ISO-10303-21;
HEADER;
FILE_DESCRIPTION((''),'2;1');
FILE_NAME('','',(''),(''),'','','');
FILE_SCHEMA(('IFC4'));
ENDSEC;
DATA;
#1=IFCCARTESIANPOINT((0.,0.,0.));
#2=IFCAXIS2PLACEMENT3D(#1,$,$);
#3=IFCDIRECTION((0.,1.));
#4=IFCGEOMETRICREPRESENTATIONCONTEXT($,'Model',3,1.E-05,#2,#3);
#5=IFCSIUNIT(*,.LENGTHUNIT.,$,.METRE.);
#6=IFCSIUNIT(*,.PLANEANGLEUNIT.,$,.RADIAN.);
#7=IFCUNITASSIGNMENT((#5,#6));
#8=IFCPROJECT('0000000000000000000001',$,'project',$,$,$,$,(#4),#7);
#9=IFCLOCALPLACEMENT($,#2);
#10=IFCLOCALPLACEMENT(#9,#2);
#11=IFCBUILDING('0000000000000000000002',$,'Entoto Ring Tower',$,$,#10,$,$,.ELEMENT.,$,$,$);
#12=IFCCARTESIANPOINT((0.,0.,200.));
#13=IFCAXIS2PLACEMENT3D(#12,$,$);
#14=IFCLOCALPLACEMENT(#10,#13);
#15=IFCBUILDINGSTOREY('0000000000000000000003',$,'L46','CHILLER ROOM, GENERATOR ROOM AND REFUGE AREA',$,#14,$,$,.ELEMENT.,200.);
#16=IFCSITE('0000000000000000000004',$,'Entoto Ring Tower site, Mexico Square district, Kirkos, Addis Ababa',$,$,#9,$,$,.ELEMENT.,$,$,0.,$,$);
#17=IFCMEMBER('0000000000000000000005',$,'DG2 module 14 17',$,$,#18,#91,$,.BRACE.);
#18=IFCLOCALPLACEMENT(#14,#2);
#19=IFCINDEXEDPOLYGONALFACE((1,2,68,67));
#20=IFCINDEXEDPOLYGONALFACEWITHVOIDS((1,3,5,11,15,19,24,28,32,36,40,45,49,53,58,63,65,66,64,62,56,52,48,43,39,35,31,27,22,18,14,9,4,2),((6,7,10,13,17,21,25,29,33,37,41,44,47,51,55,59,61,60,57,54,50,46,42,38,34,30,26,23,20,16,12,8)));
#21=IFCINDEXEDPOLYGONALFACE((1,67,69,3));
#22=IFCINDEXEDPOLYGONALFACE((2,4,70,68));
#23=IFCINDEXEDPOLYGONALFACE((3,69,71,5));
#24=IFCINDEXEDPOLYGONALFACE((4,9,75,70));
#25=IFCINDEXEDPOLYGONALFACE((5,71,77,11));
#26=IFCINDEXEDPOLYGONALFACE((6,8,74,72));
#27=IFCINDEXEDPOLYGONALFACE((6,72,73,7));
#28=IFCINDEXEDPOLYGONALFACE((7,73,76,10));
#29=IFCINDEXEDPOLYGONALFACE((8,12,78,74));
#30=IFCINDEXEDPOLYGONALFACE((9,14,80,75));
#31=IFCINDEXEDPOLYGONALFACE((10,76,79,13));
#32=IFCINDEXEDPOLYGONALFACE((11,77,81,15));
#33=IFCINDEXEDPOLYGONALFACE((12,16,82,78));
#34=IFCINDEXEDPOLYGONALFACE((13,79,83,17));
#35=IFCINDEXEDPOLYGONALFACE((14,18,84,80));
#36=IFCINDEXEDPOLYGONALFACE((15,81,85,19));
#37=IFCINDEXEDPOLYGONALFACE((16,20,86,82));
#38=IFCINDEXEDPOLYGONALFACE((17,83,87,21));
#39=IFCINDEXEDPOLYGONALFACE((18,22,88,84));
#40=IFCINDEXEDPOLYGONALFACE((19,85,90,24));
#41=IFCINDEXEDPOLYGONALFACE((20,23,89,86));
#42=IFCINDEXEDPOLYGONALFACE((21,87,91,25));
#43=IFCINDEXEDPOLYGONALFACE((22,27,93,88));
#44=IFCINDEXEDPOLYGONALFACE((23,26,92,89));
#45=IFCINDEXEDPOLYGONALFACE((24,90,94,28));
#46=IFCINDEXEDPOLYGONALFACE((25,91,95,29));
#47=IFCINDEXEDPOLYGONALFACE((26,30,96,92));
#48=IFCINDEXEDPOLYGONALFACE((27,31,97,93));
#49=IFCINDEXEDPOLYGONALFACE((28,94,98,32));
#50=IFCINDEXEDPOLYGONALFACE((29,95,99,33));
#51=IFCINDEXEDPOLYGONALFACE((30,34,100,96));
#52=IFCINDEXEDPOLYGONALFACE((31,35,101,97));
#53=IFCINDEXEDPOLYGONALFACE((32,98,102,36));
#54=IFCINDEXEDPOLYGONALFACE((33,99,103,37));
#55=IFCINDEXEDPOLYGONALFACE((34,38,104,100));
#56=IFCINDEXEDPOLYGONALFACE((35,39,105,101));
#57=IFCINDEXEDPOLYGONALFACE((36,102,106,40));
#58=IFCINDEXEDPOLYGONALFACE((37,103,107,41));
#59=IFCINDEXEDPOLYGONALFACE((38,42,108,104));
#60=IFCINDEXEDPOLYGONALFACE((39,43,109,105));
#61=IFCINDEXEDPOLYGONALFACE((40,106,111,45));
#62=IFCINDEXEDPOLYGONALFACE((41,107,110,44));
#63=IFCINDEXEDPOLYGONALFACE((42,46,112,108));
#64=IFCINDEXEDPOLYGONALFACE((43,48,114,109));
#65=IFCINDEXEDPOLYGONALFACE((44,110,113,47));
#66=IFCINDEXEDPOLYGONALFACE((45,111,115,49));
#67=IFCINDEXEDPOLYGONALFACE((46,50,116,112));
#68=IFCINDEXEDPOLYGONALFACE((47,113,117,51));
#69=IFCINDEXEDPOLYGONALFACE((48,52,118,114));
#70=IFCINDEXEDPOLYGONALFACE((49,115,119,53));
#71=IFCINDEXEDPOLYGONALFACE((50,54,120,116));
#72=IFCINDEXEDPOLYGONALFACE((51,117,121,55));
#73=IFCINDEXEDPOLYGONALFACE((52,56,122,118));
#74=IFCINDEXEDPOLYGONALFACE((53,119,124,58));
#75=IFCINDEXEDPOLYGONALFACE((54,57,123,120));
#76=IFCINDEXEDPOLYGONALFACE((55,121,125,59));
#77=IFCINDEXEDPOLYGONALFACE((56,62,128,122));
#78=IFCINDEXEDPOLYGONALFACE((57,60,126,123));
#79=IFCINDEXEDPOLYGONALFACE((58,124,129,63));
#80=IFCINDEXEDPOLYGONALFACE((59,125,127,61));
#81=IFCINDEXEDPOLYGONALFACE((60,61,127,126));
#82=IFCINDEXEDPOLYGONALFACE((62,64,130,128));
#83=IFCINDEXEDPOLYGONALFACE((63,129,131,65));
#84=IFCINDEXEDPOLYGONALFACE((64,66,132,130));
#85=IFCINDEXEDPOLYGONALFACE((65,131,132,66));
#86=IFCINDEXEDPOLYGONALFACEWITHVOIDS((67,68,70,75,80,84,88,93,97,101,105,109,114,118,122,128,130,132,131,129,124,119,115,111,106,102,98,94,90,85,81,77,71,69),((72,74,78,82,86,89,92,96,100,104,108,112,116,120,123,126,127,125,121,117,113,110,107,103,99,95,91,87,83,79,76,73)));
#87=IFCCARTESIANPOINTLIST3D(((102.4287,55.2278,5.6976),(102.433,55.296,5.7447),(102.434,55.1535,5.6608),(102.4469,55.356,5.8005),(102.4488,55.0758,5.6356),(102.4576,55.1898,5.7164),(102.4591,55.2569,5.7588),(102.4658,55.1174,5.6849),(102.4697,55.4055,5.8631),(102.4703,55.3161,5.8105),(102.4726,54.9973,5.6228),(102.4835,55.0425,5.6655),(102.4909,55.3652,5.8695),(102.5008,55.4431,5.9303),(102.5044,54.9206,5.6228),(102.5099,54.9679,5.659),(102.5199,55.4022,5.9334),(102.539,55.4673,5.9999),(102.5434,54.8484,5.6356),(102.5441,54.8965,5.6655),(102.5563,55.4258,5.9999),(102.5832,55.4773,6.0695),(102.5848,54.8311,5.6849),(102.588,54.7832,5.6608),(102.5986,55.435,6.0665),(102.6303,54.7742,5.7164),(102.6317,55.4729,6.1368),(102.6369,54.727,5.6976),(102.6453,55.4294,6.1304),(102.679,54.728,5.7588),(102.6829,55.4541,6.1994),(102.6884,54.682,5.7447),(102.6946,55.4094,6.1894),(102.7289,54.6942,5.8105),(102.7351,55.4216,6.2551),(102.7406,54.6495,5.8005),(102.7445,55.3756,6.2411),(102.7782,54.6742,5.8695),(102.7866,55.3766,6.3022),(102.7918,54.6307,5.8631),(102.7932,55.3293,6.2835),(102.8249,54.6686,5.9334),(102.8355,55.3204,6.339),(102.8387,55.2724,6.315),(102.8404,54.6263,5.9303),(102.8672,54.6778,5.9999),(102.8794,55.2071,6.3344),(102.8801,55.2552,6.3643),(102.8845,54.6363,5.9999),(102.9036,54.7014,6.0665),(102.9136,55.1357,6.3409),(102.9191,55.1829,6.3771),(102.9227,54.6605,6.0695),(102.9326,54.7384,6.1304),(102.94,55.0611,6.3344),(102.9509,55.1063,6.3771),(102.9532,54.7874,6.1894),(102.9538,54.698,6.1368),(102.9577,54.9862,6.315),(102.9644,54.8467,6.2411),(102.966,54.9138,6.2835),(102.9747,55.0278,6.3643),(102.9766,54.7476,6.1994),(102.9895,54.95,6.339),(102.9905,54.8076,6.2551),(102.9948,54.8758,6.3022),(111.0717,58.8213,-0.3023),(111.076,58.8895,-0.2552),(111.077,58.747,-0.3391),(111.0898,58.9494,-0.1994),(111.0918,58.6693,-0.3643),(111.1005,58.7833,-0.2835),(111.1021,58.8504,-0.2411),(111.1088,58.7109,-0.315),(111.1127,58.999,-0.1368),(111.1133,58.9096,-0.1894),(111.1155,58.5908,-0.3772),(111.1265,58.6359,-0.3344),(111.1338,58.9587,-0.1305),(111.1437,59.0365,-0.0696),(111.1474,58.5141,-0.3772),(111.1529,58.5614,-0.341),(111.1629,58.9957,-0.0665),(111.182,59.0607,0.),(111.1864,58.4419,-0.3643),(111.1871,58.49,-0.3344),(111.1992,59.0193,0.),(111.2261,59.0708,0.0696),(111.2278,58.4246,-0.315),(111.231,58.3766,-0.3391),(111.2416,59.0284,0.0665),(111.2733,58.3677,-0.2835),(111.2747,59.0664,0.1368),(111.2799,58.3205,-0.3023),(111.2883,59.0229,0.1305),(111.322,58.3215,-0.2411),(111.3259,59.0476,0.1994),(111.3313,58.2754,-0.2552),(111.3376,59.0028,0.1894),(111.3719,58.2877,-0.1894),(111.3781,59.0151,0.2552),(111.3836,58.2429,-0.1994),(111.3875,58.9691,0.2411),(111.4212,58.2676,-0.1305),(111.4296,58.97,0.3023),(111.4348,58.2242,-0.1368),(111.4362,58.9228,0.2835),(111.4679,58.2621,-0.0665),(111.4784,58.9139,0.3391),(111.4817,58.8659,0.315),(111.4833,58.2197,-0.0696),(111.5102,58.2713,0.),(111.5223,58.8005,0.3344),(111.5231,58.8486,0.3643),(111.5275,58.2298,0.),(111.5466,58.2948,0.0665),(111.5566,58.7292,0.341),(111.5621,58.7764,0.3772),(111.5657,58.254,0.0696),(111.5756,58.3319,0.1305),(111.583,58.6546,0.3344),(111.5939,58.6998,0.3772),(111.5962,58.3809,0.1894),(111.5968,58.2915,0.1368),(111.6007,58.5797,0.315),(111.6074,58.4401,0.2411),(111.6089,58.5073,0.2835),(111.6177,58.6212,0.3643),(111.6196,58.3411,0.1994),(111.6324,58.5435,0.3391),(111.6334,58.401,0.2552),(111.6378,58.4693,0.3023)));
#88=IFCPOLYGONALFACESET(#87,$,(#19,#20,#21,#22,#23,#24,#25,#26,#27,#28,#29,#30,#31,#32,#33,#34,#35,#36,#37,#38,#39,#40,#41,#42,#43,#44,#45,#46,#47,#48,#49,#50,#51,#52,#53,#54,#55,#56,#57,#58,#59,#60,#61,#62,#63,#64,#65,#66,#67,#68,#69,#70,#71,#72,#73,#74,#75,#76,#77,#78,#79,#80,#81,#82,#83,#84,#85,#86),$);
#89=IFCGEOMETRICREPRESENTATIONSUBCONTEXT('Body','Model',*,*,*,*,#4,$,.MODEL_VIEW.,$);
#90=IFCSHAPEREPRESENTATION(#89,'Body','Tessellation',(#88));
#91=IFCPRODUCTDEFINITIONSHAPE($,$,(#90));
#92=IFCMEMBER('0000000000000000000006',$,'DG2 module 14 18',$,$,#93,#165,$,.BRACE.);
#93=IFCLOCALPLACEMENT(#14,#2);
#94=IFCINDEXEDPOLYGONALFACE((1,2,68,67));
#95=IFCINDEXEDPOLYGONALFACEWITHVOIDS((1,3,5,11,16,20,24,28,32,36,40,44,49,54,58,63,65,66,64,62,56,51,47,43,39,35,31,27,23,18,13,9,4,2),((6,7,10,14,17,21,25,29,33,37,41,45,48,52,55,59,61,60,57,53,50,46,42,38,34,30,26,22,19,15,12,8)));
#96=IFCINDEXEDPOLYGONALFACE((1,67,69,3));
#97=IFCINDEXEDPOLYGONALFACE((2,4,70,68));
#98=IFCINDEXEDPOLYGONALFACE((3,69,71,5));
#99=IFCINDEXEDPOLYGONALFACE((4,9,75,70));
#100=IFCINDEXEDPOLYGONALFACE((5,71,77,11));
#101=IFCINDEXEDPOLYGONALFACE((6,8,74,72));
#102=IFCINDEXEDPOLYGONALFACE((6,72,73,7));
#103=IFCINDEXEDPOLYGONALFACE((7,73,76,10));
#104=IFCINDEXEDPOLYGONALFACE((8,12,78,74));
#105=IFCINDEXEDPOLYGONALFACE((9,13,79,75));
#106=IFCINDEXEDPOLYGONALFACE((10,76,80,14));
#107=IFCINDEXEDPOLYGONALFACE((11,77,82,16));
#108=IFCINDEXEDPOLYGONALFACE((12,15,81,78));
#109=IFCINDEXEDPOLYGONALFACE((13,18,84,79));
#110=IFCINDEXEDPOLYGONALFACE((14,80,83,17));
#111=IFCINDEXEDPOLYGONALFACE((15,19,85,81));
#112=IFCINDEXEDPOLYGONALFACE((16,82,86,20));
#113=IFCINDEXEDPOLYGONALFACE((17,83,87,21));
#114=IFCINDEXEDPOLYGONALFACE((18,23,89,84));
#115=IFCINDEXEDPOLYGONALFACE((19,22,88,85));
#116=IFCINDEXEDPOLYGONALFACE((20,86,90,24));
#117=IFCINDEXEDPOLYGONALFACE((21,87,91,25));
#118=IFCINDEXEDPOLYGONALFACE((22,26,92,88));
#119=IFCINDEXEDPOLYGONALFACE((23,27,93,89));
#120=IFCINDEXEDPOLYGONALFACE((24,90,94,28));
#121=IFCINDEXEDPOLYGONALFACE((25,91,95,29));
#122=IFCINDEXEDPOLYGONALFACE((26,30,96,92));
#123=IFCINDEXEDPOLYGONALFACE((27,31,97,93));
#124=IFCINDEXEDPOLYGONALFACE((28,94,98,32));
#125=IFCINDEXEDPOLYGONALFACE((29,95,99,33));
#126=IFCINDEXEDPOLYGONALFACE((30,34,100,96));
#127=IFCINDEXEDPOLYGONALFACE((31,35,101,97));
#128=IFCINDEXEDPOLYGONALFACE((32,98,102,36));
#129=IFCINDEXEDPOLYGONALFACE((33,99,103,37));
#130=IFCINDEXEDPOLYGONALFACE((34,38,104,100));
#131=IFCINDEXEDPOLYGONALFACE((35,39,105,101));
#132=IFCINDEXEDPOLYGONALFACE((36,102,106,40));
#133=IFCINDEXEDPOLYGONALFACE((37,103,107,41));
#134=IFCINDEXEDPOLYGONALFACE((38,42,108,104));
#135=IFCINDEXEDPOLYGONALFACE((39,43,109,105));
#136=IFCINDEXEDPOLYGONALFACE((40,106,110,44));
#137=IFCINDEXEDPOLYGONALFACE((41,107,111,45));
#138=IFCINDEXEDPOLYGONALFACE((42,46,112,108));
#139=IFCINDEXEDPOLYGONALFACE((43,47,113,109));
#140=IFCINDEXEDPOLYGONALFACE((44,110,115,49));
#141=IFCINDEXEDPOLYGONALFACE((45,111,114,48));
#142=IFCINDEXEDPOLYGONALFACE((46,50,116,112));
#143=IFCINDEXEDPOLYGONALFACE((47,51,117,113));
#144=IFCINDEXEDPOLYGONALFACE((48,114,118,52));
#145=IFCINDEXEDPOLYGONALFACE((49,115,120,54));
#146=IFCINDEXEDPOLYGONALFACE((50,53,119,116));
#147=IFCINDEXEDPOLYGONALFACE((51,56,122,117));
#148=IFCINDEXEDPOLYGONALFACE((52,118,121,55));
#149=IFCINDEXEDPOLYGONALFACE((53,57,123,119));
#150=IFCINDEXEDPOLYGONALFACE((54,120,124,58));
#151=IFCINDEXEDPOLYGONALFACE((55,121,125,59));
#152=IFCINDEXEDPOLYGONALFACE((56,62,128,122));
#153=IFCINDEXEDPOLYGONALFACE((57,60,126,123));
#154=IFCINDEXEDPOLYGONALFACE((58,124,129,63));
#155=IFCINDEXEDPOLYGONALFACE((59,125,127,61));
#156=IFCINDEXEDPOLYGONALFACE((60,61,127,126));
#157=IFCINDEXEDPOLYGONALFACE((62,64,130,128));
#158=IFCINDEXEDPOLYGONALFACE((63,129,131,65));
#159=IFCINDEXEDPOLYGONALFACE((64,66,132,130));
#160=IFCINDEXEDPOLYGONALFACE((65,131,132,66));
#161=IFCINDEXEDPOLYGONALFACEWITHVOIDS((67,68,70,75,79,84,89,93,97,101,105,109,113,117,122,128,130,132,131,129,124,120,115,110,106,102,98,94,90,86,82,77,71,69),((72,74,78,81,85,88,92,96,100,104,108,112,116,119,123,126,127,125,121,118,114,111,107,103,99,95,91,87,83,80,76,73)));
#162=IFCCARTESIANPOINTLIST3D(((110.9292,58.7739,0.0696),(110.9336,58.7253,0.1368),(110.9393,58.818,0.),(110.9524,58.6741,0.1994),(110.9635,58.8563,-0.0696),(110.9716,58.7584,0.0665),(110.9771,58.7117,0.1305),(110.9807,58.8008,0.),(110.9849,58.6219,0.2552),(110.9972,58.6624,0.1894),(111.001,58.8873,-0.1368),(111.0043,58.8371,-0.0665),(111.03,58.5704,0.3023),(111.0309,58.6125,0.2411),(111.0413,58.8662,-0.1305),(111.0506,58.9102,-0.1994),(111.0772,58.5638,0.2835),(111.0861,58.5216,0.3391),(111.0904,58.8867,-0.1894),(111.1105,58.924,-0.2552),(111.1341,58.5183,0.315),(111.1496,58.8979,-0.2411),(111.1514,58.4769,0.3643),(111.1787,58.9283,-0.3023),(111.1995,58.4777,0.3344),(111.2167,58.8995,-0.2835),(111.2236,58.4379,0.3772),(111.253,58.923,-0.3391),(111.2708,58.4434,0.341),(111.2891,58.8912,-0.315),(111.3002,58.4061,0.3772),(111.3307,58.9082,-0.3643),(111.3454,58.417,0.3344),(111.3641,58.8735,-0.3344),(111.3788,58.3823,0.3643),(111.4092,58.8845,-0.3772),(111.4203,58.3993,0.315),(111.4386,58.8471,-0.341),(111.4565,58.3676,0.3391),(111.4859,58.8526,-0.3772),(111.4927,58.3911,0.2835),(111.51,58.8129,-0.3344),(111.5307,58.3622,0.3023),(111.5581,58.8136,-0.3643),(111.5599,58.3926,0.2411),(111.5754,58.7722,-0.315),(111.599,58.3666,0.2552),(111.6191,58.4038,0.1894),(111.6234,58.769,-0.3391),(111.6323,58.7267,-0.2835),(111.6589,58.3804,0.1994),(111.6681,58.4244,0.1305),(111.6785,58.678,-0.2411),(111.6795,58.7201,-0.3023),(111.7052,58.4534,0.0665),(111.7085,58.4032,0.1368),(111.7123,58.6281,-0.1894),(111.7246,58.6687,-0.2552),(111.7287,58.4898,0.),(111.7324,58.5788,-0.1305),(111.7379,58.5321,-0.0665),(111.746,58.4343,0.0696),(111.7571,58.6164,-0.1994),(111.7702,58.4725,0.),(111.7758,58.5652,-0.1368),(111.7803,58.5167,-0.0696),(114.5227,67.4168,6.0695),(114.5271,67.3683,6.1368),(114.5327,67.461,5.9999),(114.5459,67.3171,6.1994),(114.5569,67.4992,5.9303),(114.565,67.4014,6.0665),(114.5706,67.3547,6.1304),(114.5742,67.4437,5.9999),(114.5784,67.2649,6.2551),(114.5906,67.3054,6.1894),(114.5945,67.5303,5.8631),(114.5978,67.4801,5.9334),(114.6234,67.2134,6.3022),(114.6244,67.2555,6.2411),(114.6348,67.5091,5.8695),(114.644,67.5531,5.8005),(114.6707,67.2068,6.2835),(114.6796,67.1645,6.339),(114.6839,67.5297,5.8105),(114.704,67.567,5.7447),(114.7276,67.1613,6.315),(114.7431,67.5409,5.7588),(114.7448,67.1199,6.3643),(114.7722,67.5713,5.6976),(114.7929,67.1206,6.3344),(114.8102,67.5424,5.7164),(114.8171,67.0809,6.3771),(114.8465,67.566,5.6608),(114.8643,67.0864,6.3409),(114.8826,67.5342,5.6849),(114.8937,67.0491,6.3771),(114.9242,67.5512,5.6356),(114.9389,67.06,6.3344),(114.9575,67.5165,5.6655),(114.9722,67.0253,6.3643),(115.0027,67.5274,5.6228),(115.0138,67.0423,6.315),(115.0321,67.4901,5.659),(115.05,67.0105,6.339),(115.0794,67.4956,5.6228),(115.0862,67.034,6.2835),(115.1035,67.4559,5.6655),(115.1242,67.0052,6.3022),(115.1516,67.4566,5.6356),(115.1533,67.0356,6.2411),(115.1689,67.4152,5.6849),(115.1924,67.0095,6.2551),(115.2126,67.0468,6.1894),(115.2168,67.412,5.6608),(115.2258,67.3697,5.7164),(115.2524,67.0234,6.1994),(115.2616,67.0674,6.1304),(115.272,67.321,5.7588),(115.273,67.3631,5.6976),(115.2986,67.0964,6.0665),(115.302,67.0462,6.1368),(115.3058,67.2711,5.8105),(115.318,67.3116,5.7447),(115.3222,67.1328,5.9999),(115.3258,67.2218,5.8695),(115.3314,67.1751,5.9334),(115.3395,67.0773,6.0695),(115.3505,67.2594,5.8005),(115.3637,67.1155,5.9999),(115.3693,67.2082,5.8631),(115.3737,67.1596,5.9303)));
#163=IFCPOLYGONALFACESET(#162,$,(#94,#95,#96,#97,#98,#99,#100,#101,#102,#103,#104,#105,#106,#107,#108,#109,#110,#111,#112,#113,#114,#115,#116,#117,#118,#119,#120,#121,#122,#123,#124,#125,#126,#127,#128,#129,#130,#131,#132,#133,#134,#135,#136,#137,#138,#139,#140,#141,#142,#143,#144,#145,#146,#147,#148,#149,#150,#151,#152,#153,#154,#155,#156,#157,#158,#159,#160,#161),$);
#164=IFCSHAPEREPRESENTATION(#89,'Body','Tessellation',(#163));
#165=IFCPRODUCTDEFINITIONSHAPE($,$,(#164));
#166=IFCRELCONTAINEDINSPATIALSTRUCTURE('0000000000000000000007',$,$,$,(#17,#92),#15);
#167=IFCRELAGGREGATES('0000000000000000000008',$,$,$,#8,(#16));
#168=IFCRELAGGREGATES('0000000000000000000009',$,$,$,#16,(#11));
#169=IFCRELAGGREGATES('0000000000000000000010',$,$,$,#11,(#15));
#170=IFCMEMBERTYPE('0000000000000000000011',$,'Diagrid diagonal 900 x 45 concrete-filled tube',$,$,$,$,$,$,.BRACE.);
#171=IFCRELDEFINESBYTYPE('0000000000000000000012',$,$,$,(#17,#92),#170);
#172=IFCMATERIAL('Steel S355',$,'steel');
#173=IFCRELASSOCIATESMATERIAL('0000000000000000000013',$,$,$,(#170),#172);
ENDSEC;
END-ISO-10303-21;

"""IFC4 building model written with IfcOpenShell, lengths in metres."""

from ifc_helpers import new_model, si_unit, direction, frame, origin, origin_2d, place, context, subcontext, project, spatial, circle, hollow_circle, extrude, material, material_profile, profile_set, type_object, element, save


model = new_model("IFC4")

# Units and contexts
model_context = context("Model", 3, precision=1e-05, world=origin(), true_north=direction((0.0, 1.0)))
body_context = subcontext(model_context, "Body", "Model", "MODEL_VIEW")
ifc_project = project(units=[si_unit("LENGTHUNIT", "METRE"), si_unit("PLANEANGLEUNIT", "RADIAN")], contexts=[model_context])

# Site, building, storey
site_placement = place(None, origin())
site = spatial("IfcSite", under=ifc_project, at=site_placement, Name="Entoto Ring Tower site, Mexico Square district, Kirkos, Addis Ababa", CompositionType="ELEMENT", RefElevation=0.0)
building_placement = place(site_placement, origin())
building = spatial("IfcBuilding", under=site, at=building_placement, Name="Entoto Ring Tower", CompositionType="ELEMENT")
storey_placement = place(building_placement, frame((0.0, 0.0, 200.0)))
storey = spatial("IfcBuildingStorey", under=building, at=storey_placement, Name="L46", Description="CHILLER ROOM, GENERATOR ROOM AND REFUGE AREA", CompositionType="ELEMENT", Elevation=200.0)

# Members
ifc_material_1 = material(Name="Steel S355", Category="steel")
ifc_material_profile_1 = material_profile(ifc_material_1, hollow_circle(Radius=0.45, WallThickness=0.0449, at=origin_2d()), Name="CHS 900 x 45")
ifc_material_2 = material(Name="Concrete C60/75", Category="concrete")
ifc_material_profile_2 = material_profile(ifc_material_2, circle(Radius=0.405, at=origin_2d()), Name="Concrete C60/75 infill")
ifc_profile_set_1 = profile_set([ifc_material_profile_1, ifc_material_profile_2], Name="Steel S355")
member_type_1 = type_object("IfcMemberType", Name="Diagrid diagonal 900 x 45 concrete-filled tube", PredefinedType="BRACE", material=ifc_profile_set_1)
for number, where, z_axis, x_axis, name in (
    (1, (111.3547, 58.6453, 0.0), (-0.777375, -0.323207, 0.539652), (0.383908, -0.923371, 0.0), "DG2 module 14 17"),
    (2, (111.3547, 58.6453, 0.0), (0.323207, 0.777375, 0.539652), (-0.923371, 0.383908, 0.0), "DG2 module 14 18"),
):
    element("IfcMember", number, at=place(storey_placement, frame(where, z_axis=z_axis, x_axis=x_axis)), inside=storey, type_object=member_type_1, Name=name, PredefinedType="BRACE", context=body_context, shape_type="SweptSolid", body=[
        extrude(hollow_circle(Radius=0.45, WallThickness=0.0449, at=origin_2d()), origin(), (0.0, 0.0, 1.0), 11.1182),
    ])

save(model, "model.ifc")
